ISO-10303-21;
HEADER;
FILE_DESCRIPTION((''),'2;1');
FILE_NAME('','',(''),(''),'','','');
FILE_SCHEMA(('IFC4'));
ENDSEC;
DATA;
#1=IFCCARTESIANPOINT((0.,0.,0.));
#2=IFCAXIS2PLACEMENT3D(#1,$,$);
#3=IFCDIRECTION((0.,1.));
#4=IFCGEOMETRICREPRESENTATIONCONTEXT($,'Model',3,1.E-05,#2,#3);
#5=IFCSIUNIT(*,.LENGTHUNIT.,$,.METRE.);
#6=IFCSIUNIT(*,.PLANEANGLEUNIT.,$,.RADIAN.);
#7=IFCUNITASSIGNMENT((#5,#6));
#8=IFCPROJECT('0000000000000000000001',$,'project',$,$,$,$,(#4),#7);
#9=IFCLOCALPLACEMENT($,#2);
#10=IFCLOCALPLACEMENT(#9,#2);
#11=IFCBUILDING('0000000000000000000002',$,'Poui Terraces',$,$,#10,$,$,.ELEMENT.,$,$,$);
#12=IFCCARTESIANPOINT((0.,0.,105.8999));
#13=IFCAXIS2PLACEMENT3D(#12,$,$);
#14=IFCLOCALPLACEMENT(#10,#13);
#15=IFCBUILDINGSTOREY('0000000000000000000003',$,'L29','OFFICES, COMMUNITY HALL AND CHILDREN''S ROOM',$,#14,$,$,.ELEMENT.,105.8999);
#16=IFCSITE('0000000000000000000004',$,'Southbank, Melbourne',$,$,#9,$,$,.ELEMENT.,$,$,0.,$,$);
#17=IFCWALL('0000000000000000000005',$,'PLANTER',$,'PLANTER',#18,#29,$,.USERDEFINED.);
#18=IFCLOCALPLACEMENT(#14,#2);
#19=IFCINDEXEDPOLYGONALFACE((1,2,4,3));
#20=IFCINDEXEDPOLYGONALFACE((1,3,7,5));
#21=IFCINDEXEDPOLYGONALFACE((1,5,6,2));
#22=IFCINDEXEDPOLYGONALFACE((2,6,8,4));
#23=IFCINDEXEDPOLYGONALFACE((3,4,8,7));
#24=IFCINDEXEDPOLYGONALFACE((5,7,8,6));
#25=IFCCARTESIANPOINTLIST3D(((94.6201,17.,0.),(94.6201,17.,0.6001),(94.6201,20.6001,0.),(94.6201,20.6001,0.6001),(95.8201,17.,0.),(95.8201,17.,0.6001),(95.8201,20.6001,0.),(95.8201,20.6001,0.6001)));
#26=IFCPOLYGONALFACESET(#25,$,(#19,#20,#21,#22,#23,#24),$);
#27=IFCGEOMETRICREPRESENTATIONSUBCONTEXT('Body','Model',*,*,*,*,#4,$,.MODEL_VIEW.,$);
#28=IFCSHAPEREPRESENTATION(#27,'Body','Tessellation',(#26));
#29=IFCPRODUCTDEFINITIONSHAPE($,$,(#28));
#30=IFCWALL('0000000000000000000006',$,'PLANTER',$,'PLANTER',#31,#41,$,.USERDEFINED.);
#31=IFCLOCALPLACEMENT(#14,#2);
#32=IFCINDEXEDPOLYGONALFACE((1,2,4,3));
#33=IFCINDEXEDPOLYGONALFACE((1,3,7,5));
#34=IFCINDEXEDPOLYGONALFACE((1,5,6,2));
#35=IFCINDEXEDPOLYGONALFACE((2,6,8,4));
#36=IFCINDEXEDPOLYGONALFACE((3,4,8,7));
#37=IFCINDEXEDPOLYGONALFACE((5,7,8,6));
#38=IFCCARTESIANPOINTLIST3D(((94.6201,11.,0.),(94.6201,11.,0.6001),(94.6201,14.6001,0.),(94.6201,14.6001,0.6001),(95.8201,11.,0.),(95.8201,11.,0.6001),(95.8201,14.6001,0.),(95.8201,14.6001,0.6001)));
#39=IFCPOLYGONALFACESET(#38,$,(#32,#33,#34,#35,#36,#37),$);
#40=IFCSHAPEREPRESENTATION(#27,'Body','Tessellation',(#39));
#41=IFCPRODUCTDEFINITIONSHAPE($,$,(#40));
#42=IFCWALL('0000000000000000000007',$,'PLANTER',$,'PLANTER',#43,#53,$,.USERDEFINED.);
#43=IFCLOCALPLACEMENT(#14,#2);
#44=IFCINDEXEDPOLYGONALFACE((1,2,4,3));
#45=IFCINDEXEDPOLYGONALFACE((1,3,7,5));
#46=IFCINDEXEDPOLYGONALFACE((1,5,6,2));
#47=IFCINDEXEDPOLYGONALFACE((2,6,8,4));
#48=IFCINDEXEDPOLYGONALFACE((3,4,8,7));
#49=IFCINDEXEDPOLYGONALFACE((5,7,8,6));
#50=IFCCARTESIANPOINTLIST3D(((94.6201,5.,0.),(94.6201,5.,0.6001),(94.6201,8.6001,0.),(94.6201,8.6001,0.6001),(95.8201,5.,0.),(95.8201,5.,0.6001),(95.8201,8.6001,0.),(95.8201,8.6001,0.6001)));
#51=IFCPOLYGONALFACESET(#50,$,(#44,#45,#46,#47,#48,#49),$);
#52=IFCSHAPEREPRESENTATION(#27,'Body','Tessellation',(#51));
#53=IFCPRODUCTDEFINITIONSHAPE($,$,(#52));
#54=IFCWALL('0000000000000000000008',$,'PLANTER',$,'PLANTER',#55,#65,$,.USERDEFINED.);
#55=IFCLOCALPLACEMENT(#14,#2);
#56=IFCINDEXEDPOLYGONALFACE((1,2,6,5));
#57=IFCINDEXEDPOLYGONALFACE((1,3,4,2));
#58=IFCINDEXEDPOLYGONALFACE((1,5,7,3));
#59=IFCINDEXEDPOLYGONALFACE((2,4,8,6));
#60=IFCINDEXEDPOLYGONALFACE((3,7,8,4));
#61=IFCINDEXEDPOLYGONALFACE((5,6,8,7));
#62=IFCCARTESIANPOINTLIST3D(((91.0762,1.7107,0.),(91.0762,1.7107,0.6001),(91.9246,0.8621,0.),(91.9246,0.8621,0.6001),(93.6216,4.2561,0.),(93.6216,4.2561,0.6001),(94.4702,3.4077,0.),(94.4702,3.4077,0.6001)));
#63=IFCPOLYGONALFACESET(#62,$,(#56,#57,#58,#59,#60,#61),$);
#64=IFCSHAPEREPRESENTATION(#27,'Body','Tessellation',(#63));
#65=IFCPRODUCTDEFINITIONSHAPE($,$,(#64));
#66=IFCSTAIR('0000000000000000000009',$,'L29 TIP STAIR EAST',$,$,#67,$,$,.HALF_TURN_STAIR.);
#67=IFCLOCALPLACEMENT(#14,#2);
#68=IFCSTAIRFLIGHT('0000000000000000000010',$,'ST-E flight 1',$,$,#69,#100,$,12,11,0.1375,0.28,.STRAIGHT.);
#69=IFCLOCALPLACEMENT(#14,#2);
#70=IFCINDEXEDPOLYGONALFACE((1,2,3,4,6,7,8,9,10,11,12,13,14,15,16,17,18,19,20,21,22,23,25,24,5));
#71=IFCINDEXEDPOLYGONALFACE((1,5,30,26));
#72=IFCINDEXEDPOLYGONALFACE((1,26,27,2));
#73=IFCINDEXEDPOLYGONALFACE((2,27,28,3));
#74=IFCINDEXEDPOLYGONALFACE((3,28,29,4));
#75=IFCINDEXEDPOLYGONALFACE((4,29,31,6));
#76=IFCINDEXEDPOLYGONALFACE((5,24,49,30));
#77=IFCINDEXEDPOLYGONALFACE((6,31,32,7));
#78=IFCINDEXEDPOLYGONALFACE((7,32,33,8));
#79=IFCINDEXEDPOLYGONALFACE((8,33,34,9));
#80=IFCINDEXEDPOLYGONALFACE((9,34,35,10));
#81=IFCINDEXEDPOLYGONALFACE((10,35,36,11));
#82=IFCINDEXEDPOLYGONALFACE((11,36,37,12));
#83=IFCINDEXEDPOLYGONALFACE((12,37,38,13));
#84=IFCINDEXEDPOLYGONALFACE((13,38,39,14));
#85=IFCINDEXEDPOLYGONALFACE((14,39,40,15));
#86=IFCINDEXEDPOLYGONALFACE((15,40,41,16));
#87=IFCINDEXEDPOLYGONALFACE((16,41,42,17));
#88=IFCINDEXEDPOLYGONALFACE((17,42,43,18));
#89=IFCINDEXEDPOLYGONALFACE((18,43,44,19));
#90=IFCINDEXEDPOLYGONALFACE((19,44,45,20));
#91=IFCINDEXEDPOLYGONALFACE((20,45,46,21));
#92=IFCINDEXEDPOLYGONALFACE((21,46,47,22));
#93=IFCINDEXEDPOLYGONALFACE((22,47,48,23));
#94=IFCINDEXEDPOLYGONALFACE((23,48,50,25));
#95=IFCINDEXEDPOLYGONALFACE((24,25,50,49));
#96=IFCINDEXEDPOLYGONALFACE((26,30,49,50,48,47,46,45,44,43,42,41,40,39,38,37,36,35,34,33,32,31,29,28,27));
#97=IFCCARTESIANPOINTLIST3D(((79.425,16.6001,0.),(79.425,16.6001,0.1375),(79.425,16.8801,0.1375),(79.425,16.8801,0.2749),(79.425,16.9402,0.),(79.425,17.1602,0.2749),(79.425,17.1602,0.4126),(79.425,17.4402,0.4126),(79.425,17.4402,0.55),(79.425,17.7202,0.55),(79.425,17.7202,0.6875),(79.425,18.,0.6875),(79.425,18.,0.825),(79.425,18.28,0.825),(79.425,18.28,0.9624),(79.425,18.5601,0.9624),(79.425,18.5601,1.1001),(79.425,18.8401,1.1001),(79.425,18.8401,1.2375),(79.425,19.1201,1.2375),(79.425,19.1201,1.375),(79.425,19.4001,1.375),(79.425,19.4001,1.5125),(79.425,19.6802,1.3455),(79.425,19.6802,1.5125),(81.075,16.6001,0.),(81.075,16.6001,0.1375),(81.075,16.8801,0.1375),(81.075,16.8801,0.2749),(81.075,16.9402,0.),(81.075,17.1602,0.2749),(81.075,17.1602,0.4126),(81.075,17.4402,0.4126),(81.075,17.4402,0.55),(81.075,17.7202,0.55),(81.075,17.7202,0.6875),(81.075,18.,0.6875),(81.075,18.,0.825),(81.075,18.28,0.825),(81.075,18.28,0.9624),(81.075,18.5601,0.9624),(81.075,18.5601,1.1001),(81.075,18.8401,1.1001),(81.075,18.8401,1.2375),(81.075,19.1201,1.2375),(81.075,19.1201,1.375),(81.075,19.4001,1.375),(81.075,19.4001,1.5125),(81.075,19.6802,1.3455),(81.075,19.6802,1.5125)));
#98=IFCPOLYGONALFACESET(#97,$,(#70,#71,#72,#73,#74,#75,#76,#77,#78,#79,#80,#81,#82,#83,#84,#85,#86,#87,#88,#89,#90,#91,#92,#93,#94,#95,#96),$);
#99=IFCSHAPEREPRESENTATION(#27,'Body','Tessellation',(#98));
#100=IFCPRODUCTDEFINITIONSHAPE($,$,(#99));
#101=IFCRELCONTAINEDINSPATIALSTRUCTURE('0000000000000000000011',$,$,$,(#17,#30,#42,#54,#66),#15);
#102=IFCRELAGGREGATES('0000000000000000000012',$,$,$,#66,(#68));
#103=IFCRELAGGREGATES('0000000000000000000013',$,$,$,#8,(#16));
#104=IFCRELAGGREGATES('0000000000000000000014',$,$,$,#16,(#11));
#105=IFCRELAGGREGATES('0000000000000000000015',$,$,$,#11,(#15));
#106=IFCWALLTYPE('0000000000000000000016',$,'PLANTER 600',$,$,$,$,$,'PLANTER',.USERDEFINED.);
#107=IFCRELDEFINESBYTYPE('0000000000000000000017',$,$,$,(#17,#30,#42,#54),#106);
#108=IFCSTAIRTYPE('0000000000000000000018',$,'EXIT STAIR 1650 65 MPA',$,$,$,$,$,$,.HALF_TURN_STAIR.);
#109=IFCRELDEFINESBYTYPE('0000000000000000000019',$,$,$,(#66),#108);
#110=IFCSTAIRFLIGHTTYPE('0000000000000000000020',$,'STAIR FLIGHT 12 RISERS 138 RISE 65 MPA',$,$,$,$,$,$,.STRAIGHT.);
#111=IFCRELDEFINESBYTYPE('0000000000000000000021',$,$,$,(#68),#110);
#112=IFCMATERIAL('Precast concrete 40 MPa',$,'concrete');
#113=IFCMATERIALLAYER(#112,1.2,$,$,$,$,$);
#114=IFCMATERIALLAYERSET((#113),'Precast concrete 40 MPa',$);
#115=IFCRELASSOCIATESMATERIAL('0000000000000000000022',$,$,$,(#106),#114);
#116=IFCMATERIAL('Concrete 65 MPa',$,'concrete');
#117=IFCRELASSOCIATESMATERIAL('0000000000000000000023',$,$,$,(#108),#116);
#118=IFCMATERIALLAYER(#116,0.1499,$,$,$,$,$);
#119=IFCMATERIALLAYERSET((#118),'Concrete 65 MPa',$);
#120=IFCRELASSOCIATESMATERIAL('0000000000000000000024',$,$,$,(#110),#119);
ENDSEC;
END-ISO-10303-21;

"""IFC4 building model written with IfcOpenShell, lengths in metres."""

from ifc_helpers import new_model, si_unit, direction, frame, origin, place, context, subcontext, project, spatial, polyline, outline, extrude, source, transform, mapped, material, layer, layer_set, type_object, element, aggregate, save


model = new_model("IFC4")

# Units and contexts
model_context = context("Model", 3, precision=1e-05, world=origin(), true_north=direction((0.0, 1.0)))
body_context = subcontext(model_context, "Body", "Model", "MODEL_VIEW")
ifc_project = project(units=[si_unit("LENGTHUNIT", "METRE"), si_unit("PLANEANGLEUNIT", "RADIAN")], contexts=[model_context])

# Site, building, storey
site_placement = place(None, origin())
site = spatial("IfcSite", under=ifc_project, at=site_placement, Name="Southbank, Melbourne", CompositionType="ELEMENT", RefElevation=0.0)
building_placement = place(site_placement, origin())
building = spatial("IfcBuilding", under=site, at=building_placement, Name="Poui Terraces", CompositionType="ELEMENT")
storey_placement = place(building_placement, frame((0.0, 0.0, 105.8999)))
storey = spatial("IfcBuildingStorey", under=building, at=storey_placement, Name="L29", Description="OFFICES, COMMUNITY HALL AND CHILDREN'S ROOM", CompositionType="ELEMENT", Elevation=105.8999)

# Shared definitions
ifc_material_1 = material(Name="Concrete 65 MPa", Category="concrete")

# Walls
ifc_material_2 = material(Name="Precast concrete 40 MPa", Category="concrete")
ifc_layer_1 = layer(ifc_material_2, 1.2)
ifc_layer_set_1 = layer_set([ifc_layer_1], Name="Precast concrete 40 MPa")
wall_type_1 = type_object("IfcWallType", Name="PLANTER 600", ElementType="PLANTER", PredefinedType="USERDEFINED", material=ifc_layer_set_1)
shared_shape_1 = source(origin(), body_context, "Body", "SweptSolid", [
    extrude(outline(polyline([(0.0, 0.0), (1.2, 0.0), (1.2, 3.6001), (0.0, 3.6001), (0.0, 0.0)])), origin(), (0.0, 0.0, 1.0), 0.6001),
])
for number, where, name in (
    (1, (94.6201, 17.0, 0.0), "PLANTER"),
    (2, (94.6201, 11.0, 0.0), "PLANTER"),
    (3, (94.6201, 5.0, 0.0), "PLANTER"),
):
    element("IfcWall", number, at=place(storey_placement, frame(where)), inside=storey, type_object=wall_type_1, Name=name, ObjectType="PLANTER", PredefinedType="USERDEFINED", context=body_context, shape_type="MappedRepresentation", body=[
        mapped(shared_shape_1, transform((0.0, 0.0, 0.0))),
    ])
shared_shape_2 = source(origin(), body_context, "Body", "SweptSolid", [
    extrude(outline(polyline([(0.0, 0.0), (0.8484, -0.8486), (3.394, 1.697), (2.5454, 2.5454), (0.0, 0.0)])), origin(), (0.0, 0.0, 1.0), 0.6001),
])
wall_1_placement = place(storey_placement, frame((91.0762, 1.7107, 0.0)))
element("IfcWall", 4, at=wall_1_placement, inside=storey, type_object=wall_type_1, Name="PLANTER", ObjectType="PLANTER", PredefinedType="USERDEFINED", context=body_context, shape_type="MappedRepresentation", body=[
    mapped(shared_shape_2, transform((0.0, 0.0, 0.0))),
])

# Stair, stair flight
stair_type = type_object("IfcStairType", Name="EXIT STAIR 1650 65 MPA", PredefinedType="HALF_TURN_STAIR", material=ifc_material_1)
stair_placement = place(storey_placement, origin())
stair = element("IfcStair", 5, at=stair_placement, inside=storey, type_object=stair_type, Name="L29 TIP STAIR EAST", PredefinedType="HALF_TURN_STAIR")
ifc_layer_2 = layer(ifc_material_1, 0.1499)
ifc_layer_set_2 = layer_set([ifc_layer_2], Name="Concrete 65 MPa")
stair_flight_type = type_object("IfcStairFlightType", Name="STAIR FLIGHT 12 RISERS 138 RISE 65 MPA", PredefinedType="STRAIGHT", material=ifc_layer_set_2)
stair_flight_placement = place(storey_placement, frame((80.25, 16.6001, 0.0), z_axis=(0.0, 0.0, 1.0), x_axis=(0.0, 1.0, 0.0)))
stair_flight = element("IfcStairFlight", 6, at=stair_flight_placement, type_object=stair_flight_type, Name="ST-E flight 1", NumberOfRisers=12, NumberOfTreads=11, PredefinedType="STRAIGHT", RiserHeight=0.1375, TreadLength=0.28, context=body_context, shape_type="SweptSolid", body=[
    extrude(outline(polyline([(0.0, 0.0), (0.0, 0.1375), (0.28, 0.1375), (0.28, 0.2749), (0.5601, 0.2749), (0.5601, 0.4126), (0.8401, 0.4126), (0.8401, 0.55), (1.1201, 0.55), (1.1201, 0.6875), (1.3999, 0.6875), (1.3999, 0.825), (1.6799, 0.825), (1.6799, 0.9624), (1.96, 0.9624), (1.96, 1.1001), (2.24, 1.1001), (2.24, 1.2375), (2.52, 1.2375), (2.52, 1.375), (2.8, 1.375), (2.8, 1.5125), (3.0801, 1.5125), (3.0801, 1.6499), (3.0801, 1.3455), (0.3401, 0.0), (0.0, 0.0)])), frame((0.0, 0.825, 0.0), z_axis=(0.0, -1.0, 0.0), x_axis=(1.0, 0.0, 0.0)), (0.0, 0.0, 1.0), 1.6499),
])
aggregate(stair, [stair_flight])

save(model, "model.ifc")
